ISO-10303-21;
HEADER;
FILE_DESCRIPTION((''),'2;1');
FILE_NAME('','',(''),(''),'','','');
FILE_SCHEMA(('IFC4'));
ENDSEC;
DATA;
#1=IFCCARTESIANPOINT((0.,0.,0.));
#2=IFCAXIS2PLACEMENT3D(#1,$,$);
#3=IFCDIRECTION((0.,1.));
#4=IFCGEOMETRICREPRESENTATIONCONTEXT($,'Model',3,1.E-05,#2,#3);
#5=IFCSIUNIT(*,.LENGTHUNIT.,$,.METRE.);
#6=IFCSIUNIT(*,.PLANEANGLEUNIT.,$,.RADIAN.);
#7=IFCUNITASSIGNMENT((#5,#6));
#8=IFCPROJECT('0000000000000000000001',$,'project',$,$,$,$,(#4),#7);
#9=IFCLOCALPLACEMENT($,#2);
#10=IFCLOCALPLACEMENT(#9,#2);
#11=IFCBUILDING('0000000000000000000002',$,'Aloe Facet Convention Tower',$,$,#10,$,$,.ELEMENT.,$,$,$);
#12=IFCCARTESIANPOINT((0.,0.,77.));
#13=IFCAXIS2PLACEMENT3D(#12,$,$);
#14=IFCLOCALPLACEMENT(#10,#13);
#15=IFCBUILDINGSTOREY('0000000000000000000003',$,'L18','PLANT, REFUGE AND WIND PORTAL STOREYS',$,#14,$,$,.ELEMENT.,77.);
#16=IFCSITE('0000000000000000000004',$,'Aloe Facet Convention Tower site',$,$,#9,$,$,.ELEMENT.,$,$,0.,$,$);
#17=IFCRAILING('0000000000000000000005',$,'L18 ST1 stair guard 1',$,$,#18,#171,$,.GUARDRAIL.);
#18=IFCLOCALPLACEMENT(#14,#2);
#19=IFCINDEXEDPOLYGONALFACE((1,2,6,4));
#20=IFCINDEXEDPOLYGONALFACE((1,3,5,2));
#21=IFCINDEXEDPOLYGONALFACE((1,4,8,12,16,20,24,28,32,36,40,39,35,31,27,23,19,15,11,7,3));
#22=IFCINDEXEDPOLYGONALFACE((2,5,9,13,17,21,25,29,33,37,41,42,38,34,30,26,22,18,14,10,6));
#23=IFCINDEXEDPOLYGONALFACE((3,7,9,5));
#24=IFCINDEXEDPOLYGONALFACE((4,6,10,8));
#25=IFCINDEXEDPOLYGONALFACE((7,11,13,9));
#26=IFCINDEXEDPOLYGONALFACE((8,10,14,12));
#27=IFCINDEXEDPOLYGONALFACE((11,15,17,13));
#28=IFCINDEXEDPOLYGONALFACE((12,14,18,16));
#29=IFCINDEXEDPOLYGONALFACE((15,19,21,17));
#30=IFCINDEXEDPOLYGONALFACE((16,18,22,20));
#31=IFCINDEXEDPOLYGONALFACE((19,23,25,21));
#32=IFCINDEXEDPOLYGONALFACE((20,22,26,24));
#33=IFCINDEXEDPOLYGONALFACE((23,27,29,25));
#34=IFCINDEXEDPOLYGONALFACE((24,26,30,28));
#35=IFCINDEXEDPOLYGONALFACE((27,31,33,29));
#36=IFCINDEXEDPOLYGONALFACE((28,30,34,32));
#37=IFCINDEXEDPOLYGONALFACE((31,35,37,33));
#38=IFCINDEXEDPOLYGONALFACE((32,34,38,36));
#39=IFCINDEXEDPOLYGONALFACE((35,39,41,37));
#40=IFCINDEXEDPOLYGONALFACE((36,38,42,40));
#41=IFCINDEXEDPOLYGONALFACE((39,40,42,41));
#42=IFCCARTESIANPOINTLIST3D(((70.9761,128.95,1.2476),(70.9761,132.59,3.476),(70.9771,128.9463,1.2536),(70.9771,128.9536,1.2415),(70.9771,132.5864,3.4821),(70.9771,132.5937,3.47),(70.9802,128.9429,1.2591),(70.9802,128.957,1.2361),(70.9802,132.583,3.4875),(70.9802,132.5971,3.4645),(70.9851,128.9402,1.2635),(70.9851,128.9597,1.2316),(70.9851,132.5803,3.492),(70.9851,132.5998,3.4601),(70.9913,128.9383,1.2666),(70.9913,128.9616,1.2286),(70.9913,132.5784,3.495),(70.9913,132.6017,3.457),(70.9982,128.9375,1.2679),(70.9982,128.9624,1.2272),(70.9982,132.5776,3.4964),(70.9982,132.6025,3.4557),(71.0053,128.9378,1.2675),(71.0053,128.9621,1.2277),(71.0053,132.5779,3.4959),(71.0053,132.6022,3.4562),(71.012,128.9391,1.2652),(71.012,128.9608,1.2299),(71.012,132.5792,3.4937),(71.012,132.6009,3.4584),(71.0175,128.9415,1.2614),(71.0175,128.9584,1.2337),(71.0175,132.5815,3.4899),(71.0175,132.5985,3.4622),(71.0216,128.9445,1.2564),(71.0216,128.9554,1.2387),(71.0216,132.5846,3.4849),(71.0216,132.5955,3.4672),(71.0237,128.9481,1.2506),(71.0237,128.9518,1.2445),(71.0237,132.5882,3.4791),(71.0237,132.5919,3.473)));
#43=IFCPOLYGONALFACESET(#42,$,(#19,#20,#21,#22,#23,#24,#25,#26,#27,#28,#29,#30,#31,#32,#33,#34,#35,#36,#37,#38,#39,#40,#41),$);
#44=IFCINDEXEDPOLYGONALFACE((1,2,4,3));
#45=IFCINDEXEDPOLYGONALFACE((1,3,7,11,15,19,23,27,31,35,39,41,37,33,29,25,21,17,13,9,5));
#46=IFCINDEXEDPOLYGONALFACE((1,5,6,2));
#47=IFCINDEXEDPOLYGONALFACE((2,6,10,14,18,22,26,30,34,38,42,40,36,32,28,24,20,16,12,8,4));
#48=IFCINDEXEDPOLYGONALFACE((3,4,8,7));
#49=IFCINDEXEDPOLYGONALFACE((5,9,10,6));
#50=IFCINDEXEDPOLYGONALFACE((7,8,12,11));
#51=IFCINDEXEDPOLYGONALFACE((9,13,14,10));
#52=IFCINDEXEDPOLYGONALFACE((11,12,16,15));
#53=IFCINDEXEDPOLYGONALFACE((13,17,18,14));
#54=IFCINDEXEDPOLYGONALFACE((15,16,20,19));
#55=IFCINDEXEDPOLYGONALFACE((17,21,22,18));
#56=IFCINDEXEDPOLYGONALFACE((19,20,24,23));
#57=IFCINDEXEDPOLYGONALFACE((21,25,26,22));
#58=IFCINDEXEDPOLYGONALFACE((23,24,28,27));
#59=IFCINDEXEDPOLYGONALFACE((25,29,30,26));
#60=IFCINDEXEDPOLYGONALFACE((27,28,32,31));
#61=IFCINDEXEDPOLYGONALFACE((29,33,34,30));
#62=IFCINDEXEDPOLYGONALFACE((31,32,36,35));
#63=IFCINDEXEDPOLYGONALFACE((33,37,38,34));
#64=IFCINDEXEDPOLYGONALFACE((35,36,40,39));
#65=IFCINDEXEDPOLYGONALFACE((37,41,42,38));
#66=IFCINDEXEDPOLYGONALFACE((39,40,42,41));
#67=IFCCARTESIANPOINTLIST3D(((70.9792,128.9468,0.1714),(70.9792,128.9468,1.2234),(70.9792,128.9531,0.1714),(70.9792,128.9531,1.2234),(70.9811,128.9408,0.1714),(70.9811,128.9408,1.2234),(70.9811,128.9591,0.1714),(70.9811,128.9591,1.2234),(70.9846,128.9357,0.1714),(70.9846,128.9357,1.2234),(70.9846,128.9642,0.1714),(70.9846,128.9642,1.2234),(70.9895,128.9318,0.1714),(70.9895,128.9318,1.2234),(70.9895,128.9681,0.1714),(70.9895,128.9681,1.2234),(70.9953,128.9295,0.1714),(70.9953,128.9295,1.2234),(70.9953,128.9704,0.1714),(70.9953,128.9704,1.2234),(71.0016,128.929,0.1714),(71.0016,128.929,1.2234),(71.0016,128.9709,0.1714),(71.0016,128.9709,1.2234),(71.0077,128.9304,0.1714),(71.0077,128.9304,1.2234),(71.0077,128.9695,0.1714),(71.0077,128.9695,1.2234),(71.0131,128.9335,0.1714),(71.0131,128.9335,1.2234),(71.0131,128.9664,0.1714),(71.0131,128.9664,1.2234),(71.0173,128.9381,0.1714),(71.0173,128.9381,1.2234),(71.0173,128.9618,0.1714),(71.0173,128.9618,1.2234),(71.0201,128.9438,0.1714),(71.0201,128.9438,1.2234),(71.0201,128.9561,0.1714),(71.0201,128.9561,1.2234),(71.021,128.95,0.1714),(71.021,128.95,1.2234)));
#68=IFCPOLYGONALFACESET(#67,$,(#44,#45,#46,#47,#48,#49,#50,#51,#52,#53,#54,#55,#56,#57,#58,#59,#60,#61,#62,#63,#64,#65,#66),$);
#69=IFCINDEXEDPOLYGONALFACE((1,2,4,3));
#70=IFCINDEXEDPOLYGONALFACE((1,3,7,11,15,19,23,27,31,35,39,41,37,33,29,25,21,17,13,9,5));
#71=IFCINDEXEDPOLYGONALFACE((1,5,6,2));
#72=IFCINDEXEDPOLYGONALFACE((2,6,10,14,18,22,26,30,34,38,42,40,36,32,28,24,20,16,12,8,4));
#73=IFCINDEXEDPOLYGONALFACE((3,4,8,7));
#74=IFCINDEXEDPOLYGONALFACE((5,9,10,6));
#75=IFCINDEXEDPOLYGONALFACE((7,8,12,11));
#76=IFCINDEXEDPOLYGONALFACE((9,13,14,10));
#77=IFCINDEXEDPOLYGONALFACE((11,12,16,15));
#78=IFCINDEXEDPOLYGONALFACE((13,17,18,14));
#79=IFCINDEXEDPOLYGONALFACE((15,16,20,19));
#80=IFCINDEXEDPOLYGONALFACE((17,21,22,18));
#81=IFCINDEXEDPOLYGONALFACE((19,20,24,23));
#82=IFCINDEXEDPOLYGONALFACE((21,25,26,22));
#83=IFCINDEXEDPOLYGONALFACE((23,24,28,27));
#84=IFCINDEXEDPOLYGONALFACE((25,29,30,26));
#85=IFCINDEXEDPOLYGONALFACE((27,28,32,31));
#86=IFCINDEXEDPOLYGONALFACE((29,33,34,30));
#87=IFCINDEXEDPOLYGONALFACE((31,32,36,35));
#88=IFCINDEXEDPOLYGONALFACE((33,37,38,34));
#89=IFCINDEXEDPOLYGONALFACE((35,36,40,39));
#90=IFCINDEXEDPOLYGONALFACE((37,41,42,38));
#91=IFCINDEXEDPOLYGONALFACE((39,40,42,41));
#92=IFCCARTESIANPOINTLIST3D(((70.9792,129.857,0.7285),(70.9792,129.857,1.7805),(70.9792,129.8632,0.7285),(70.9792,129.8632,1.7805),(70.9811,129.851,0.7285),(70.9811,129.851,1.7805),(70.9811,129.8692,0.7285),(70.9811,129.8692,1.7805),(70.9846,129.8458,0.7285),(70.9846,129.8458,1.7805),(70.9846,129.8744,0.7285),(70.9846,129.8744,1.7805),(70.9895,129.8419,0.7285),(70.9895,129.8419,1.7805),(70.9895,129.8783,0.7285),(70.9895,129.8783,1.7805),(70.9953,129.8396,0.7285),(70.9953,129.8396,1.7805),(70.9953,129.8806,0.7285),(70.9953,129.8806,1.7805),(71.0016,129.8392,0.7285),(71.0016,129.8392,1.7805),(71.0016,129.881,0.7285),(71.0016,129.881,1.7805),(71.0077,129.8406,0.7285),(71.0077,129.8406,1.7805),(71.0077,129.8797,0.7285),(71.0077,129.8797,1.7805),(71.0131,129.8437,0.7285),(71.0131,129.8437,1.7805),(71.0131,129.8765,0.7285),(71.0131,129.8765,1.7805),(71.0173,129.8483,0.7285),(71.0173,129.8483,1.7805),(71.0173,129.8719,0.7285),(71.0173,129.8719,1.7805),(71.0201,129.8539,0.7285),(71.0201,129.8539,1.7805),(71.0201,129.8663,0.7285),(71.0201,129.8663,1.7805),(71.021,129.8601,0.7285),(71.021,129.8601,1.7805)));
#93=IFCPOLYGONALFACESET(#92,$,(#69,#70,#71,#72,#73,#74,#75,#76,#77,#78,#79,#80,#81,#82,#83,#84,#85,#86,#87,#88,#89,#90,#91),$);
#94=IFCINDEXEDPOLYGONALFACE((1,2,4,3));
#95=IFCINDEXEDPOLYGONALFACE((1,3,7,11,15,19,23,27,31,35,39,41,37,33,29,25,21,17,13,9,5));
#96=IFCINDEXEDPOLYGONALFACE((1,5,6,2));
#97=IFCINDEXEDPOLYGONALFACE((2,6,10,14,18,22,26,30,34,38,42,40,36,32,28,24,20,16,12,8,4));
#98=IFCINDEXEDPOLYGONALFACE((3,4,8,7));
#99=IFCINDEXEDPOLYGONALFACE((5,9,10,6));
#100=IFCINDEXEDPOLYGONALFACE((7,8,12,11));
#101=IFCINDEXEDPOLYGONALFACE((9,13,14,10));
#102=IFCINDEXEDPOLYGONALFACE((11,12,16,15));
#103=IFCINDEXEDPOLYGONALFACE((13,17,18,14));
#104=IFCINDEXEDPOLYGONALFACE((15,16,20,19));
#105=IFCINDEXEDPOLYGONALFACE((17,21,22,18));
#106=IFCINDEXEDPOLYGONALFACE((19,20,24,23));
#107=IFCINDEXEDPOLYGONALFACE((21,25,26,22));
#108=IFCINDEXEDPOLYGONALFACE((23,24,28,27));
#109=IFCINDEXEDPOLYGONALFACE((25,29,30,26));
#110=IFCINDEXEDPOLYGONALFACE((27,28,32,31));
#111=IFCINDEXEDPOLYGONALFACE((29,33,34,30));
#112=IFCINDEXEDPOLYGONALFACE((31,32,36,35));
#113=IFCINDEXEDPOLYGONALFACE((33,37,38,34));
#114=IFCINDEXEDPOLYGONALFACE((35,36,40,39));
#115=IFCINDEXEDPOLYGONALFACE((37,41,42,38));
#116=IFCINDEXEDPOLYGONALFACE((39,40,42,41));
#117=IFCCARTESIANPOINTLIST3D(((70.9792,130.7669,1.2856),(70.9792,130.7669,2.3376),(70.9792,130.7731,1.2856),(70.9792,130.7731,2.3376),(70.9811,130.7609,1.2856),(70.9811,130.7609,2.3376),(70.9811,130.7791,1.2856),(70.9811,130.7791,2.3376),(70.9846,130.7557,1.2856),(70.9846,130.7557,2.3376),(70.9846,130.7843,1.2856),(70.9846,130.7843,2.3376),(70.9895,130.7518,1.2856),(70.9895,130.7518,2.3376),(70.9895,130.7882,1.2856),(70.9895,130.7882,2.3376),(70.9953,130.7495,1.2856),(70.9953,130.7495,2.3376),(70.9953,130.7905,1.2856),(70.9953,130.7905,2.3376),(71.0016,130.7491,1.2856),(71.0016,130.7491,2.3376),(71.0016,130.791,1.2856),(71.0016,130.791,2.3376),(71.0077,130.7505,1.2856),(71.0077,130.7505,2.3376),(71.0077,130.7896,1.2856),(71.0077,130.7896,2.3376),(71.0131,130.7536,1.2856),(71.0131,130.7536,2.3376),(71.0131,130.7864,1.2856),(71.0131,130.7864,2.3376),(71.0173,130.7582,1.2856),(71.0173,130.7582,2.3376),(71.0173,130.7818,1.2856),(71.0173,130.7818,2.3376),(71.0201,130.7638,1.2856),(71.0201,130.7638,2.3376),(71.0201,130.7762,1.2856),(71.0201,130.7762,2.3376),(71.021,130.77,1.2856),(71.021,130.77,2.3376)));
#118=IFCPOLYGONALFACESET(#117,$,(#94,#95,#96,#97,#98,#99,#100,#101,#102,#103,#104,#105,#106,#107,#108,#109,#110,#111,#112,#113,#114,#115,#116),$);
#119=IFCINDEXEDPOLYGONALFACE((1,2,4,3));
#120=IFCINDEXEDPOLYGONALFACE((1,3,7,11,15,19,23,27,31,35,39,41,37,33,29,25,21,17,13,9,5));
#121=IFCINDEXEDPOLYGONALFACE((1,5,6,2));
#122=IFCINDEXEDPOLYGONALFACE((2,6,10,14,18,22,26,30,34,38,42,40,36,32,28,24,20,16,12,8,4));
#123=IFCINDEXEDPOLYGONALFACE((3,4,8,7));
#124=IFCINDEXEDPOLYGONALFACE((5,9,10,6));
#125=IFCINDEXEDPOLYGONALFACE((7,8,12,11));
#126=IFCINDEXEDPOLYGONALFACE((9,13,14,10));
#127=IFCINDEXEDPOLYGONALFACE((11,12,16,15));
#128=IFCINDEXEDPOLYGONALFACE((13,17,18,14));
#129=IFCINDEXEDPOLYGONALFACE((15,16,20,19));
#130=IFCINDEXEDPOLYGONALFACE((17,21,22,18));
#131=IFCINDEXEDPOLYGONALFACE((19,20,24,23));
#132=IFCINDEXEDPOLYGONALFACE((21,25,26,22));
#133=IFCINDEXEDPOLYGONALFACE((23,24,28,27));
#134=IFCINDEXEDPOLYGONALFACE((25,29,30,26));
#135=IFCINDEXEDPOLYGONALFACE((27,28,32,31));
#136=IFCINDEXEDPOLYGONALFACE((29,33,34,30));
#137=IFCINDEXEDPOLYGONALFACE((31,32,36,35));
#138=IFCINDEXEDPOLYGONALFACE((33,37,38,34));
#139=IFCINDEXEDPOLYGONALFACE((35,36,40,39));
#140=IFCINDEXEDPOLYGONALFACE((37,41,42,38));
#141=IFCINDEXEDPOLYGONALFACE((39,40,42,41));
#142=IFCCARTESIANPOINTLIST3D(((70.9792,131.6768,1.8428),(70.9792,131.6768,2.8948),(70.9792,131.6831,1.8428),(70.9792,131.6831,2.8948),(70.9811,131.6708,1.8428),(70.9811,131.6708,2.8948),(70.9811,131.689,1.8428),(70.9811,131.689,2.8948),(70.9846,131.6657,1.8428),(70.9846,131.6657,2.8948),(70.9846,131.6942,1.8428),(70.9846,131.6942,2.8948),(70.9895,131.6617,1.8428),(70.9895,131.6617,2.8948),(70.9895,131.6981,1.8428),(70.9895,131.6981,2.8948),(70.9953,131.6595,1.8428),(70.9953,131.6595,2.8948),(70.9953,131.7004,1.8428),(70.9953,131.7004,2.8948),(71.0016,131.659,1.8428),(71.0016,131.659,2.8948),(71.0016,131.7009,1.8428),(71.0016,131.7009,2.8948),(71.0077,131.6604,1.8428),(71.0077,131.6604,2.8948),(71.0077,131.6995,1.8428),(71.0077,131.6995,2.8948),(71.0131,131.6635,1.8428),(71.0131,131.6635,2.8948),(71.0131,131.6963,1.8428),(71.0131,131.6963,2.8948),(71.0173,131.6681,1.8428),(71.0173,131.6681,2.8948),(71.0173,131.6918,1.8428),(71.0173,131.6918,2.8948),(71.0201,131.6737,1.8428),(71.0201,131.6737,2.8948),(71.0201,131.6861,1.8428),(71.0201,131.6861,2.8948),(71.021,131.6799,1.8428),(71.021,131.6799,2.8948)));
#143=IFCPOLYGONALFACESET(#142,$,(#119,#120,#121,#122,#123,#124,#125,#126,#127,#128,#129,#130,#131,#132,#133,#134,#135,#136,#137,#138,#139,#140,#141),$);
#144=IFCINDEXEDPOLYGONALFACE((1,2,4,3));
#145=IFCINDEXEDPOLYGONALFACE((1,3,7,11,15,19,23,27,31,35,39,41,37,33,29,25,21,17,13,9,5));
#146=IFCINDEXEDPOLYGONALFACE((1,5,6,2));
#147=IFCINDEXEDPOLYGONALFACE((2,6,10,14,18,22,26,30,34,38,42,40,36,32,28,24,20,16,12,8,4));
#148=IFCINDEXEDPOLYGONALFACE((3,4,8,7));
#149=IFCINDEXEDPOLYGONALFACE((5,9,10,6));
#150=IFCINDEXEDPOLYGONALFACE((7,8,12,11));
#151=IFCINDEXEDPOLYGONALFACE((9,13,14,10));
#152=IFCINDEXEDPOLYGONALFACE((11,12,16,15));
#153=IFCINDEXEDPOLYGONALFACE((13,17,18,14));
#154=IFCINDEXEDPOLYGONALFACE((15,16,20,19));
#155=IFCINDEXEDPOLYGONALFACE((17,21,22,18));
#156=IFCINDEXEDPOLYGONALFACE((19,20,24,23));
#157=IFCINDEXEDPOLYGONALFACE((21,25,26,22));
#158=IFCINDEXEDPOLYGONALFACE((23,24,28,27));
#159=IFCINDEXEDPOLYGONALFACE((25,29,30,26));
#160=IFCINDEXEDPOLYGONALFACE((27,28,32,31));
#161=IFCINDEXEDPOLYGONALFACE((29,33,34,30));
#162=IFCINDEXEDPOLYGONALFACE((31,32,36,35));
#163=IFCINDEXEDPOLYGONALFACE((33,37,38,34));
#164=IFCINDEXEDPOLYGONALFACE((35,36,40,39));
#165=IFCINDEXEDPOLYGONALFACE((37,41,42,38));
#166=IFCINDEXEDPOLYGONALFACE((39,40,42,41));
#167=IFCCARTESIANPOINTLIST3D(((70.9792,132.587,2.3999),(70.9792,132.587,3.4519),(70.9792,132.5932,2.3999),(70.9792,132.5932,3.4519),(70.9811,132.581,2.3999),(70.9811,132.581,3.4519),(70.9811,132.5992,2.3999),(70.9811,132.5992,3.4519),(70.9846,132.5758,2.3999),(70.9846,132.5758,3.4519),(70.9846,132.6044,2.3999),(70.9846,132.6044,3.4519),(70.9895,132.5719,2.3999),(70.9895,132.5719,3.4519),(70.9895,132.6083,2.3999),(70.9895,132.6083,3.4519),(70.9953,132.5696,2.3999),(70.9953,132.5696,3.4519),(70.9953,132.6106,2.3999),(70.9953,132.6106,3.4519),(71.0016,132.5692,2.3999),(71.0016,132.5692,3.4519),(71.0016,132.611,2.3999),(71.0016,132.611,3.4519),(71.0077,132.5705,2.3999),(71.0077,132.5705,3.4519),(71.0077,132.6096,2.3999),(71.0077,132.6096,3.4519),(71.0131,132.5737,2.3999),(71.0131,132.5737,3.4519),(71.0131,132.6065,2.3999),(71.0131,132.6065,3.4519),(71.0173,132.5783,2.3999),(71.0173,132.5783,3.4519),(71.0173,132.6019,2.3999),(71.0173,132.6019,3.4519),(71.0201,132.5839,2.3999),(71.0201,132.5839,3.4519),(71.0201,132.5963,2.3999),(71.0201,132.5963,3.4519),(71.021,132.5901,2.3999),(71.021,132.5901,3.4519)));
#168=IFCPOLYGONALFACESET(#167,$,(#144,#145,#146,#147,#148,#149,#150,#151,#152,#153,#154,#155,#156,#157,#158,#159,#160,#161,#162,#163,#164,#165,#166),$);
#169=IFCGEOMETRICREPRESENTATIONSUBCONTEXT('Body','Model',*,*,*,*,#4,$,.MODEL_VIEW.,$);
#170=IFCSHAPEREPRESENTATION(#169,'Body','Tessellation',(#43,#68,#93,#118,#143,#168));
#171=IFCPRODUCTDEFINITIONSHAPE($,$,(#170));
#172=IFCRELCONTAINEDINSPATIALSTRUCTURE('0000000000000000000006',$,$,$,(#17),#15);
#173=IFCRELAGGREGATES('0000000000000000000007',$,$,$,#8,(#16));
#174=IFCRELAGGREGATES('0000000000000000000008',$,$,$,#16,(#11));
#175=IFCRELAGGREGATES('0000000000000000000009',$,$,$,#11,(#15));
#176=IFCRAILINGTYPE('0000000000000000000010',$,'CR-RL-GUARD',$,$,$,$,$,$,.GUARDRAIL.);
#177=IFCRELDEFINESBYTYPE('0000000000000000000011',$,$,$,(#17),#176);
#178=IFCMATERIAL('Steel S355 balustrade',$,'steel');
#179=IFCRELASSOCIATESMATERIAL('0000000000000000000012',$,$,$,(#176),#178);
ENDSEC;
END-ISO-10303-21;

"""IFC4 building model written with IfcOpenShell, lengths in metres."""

from ifc_helpers import new_model, si_unit, direction, frame, origin, origin_2d, place, context, subcontext, project, spatial, circle, extrude, material, type_object, element, save


model = new_model("IFC4")

# Units and contexts
model_context = context("Model", 3, precision=1e-05, world=origin(), true_north=direction((0.0, 1.0)))
body_context = subcontext(model_context, "Body", "Model", "MODEL_VIEW")
ifc_project = project(units=[si_unit("LENGTHUNIT", "METRE"), si_unit("PLANEANGLEUNIT", "RADIAN")], contexts=[model_context])

# Site, building, storey
site_placement = place(None, origin())
site = spatial("IfcSite", under=ifc_project, at=site_placement, Name="Aloe Facet Convention Tower site", CompositionType="ELEMENT", RefElevation=0.0)
building_placement = place(site_placement, origin())
building = spatial("IfcBuilding", under=site, at=building_placement, Name="Aloe Facet Convention Tower", CompositionType="ELEMENT")
storey_placement = place(building_placement, frame((0.0, 0.0, 77.0)))
storey = spatial("IfcBuildingStorey", under=building, at=storey_placement, Name="L18", Description="PLANT, REFUGE AND WIND PORTAL STOREYS", CompositionType="ELEMENT", Elevation=77.0)

# Railing
ifc_material_1 = material(Name="Steel S355 balustrade", Category="steel")
railing_type_1 = type_object("IfcRailingType", Name="CR-RL-GUARD", PredefinedType="GUARDRAIL", material=ifc_material_1)
railing_1_placement = place(storey_placement, frame((71.0, 128.95, 0.1714)))
element("IfcRailing", 1, at=railing_1_placement, inside=storey, type_object=railing_type_1, Name="L18 ST1 stair guard 1", PredefinedType="GUARDRAIL", context=body_context, shape_type="SweptSolid", body=[
    extrude(circle(Radius=0.0239, at=origin_2d()), frame((0.0, 0.0, 1.0762), z_axis=(0.0, 0.852866, 0.52213), x_axis=(-1.0, 0.0, 0.0)), (0.0, 0.0, 1.0), 4.2681),
    extrude(circle(Radius=0.021, at=origin_2d()), origin(), (0.0, 0.0, 1.0), 1.052),
    extrude(circle(Radius=0.021, at=origin_2d()), frame((0.0, 0.9102, 0.5571)), (0.0, 0.0, 1.0), 1.052),
    extrude(circle(Radius=0.021, at=origin_2d()), frame((0.0, 1.8201, 1.1143)), (0.0, 0.0, 1.0), 1.052),
    extrude(circle(Radius=0.021, at=origin_2d()), frame((0.0, 2.73, 1.6714)), (0.0, 0.0, 1.0), 1.052),
    extrude(circle(Radius=0.021, at=origin_2d()), frame((0.0, 3.6401, 2.2285)), (0.0, 0.0, 1.0), 1.052),
])

save(model, "model.ifc")
